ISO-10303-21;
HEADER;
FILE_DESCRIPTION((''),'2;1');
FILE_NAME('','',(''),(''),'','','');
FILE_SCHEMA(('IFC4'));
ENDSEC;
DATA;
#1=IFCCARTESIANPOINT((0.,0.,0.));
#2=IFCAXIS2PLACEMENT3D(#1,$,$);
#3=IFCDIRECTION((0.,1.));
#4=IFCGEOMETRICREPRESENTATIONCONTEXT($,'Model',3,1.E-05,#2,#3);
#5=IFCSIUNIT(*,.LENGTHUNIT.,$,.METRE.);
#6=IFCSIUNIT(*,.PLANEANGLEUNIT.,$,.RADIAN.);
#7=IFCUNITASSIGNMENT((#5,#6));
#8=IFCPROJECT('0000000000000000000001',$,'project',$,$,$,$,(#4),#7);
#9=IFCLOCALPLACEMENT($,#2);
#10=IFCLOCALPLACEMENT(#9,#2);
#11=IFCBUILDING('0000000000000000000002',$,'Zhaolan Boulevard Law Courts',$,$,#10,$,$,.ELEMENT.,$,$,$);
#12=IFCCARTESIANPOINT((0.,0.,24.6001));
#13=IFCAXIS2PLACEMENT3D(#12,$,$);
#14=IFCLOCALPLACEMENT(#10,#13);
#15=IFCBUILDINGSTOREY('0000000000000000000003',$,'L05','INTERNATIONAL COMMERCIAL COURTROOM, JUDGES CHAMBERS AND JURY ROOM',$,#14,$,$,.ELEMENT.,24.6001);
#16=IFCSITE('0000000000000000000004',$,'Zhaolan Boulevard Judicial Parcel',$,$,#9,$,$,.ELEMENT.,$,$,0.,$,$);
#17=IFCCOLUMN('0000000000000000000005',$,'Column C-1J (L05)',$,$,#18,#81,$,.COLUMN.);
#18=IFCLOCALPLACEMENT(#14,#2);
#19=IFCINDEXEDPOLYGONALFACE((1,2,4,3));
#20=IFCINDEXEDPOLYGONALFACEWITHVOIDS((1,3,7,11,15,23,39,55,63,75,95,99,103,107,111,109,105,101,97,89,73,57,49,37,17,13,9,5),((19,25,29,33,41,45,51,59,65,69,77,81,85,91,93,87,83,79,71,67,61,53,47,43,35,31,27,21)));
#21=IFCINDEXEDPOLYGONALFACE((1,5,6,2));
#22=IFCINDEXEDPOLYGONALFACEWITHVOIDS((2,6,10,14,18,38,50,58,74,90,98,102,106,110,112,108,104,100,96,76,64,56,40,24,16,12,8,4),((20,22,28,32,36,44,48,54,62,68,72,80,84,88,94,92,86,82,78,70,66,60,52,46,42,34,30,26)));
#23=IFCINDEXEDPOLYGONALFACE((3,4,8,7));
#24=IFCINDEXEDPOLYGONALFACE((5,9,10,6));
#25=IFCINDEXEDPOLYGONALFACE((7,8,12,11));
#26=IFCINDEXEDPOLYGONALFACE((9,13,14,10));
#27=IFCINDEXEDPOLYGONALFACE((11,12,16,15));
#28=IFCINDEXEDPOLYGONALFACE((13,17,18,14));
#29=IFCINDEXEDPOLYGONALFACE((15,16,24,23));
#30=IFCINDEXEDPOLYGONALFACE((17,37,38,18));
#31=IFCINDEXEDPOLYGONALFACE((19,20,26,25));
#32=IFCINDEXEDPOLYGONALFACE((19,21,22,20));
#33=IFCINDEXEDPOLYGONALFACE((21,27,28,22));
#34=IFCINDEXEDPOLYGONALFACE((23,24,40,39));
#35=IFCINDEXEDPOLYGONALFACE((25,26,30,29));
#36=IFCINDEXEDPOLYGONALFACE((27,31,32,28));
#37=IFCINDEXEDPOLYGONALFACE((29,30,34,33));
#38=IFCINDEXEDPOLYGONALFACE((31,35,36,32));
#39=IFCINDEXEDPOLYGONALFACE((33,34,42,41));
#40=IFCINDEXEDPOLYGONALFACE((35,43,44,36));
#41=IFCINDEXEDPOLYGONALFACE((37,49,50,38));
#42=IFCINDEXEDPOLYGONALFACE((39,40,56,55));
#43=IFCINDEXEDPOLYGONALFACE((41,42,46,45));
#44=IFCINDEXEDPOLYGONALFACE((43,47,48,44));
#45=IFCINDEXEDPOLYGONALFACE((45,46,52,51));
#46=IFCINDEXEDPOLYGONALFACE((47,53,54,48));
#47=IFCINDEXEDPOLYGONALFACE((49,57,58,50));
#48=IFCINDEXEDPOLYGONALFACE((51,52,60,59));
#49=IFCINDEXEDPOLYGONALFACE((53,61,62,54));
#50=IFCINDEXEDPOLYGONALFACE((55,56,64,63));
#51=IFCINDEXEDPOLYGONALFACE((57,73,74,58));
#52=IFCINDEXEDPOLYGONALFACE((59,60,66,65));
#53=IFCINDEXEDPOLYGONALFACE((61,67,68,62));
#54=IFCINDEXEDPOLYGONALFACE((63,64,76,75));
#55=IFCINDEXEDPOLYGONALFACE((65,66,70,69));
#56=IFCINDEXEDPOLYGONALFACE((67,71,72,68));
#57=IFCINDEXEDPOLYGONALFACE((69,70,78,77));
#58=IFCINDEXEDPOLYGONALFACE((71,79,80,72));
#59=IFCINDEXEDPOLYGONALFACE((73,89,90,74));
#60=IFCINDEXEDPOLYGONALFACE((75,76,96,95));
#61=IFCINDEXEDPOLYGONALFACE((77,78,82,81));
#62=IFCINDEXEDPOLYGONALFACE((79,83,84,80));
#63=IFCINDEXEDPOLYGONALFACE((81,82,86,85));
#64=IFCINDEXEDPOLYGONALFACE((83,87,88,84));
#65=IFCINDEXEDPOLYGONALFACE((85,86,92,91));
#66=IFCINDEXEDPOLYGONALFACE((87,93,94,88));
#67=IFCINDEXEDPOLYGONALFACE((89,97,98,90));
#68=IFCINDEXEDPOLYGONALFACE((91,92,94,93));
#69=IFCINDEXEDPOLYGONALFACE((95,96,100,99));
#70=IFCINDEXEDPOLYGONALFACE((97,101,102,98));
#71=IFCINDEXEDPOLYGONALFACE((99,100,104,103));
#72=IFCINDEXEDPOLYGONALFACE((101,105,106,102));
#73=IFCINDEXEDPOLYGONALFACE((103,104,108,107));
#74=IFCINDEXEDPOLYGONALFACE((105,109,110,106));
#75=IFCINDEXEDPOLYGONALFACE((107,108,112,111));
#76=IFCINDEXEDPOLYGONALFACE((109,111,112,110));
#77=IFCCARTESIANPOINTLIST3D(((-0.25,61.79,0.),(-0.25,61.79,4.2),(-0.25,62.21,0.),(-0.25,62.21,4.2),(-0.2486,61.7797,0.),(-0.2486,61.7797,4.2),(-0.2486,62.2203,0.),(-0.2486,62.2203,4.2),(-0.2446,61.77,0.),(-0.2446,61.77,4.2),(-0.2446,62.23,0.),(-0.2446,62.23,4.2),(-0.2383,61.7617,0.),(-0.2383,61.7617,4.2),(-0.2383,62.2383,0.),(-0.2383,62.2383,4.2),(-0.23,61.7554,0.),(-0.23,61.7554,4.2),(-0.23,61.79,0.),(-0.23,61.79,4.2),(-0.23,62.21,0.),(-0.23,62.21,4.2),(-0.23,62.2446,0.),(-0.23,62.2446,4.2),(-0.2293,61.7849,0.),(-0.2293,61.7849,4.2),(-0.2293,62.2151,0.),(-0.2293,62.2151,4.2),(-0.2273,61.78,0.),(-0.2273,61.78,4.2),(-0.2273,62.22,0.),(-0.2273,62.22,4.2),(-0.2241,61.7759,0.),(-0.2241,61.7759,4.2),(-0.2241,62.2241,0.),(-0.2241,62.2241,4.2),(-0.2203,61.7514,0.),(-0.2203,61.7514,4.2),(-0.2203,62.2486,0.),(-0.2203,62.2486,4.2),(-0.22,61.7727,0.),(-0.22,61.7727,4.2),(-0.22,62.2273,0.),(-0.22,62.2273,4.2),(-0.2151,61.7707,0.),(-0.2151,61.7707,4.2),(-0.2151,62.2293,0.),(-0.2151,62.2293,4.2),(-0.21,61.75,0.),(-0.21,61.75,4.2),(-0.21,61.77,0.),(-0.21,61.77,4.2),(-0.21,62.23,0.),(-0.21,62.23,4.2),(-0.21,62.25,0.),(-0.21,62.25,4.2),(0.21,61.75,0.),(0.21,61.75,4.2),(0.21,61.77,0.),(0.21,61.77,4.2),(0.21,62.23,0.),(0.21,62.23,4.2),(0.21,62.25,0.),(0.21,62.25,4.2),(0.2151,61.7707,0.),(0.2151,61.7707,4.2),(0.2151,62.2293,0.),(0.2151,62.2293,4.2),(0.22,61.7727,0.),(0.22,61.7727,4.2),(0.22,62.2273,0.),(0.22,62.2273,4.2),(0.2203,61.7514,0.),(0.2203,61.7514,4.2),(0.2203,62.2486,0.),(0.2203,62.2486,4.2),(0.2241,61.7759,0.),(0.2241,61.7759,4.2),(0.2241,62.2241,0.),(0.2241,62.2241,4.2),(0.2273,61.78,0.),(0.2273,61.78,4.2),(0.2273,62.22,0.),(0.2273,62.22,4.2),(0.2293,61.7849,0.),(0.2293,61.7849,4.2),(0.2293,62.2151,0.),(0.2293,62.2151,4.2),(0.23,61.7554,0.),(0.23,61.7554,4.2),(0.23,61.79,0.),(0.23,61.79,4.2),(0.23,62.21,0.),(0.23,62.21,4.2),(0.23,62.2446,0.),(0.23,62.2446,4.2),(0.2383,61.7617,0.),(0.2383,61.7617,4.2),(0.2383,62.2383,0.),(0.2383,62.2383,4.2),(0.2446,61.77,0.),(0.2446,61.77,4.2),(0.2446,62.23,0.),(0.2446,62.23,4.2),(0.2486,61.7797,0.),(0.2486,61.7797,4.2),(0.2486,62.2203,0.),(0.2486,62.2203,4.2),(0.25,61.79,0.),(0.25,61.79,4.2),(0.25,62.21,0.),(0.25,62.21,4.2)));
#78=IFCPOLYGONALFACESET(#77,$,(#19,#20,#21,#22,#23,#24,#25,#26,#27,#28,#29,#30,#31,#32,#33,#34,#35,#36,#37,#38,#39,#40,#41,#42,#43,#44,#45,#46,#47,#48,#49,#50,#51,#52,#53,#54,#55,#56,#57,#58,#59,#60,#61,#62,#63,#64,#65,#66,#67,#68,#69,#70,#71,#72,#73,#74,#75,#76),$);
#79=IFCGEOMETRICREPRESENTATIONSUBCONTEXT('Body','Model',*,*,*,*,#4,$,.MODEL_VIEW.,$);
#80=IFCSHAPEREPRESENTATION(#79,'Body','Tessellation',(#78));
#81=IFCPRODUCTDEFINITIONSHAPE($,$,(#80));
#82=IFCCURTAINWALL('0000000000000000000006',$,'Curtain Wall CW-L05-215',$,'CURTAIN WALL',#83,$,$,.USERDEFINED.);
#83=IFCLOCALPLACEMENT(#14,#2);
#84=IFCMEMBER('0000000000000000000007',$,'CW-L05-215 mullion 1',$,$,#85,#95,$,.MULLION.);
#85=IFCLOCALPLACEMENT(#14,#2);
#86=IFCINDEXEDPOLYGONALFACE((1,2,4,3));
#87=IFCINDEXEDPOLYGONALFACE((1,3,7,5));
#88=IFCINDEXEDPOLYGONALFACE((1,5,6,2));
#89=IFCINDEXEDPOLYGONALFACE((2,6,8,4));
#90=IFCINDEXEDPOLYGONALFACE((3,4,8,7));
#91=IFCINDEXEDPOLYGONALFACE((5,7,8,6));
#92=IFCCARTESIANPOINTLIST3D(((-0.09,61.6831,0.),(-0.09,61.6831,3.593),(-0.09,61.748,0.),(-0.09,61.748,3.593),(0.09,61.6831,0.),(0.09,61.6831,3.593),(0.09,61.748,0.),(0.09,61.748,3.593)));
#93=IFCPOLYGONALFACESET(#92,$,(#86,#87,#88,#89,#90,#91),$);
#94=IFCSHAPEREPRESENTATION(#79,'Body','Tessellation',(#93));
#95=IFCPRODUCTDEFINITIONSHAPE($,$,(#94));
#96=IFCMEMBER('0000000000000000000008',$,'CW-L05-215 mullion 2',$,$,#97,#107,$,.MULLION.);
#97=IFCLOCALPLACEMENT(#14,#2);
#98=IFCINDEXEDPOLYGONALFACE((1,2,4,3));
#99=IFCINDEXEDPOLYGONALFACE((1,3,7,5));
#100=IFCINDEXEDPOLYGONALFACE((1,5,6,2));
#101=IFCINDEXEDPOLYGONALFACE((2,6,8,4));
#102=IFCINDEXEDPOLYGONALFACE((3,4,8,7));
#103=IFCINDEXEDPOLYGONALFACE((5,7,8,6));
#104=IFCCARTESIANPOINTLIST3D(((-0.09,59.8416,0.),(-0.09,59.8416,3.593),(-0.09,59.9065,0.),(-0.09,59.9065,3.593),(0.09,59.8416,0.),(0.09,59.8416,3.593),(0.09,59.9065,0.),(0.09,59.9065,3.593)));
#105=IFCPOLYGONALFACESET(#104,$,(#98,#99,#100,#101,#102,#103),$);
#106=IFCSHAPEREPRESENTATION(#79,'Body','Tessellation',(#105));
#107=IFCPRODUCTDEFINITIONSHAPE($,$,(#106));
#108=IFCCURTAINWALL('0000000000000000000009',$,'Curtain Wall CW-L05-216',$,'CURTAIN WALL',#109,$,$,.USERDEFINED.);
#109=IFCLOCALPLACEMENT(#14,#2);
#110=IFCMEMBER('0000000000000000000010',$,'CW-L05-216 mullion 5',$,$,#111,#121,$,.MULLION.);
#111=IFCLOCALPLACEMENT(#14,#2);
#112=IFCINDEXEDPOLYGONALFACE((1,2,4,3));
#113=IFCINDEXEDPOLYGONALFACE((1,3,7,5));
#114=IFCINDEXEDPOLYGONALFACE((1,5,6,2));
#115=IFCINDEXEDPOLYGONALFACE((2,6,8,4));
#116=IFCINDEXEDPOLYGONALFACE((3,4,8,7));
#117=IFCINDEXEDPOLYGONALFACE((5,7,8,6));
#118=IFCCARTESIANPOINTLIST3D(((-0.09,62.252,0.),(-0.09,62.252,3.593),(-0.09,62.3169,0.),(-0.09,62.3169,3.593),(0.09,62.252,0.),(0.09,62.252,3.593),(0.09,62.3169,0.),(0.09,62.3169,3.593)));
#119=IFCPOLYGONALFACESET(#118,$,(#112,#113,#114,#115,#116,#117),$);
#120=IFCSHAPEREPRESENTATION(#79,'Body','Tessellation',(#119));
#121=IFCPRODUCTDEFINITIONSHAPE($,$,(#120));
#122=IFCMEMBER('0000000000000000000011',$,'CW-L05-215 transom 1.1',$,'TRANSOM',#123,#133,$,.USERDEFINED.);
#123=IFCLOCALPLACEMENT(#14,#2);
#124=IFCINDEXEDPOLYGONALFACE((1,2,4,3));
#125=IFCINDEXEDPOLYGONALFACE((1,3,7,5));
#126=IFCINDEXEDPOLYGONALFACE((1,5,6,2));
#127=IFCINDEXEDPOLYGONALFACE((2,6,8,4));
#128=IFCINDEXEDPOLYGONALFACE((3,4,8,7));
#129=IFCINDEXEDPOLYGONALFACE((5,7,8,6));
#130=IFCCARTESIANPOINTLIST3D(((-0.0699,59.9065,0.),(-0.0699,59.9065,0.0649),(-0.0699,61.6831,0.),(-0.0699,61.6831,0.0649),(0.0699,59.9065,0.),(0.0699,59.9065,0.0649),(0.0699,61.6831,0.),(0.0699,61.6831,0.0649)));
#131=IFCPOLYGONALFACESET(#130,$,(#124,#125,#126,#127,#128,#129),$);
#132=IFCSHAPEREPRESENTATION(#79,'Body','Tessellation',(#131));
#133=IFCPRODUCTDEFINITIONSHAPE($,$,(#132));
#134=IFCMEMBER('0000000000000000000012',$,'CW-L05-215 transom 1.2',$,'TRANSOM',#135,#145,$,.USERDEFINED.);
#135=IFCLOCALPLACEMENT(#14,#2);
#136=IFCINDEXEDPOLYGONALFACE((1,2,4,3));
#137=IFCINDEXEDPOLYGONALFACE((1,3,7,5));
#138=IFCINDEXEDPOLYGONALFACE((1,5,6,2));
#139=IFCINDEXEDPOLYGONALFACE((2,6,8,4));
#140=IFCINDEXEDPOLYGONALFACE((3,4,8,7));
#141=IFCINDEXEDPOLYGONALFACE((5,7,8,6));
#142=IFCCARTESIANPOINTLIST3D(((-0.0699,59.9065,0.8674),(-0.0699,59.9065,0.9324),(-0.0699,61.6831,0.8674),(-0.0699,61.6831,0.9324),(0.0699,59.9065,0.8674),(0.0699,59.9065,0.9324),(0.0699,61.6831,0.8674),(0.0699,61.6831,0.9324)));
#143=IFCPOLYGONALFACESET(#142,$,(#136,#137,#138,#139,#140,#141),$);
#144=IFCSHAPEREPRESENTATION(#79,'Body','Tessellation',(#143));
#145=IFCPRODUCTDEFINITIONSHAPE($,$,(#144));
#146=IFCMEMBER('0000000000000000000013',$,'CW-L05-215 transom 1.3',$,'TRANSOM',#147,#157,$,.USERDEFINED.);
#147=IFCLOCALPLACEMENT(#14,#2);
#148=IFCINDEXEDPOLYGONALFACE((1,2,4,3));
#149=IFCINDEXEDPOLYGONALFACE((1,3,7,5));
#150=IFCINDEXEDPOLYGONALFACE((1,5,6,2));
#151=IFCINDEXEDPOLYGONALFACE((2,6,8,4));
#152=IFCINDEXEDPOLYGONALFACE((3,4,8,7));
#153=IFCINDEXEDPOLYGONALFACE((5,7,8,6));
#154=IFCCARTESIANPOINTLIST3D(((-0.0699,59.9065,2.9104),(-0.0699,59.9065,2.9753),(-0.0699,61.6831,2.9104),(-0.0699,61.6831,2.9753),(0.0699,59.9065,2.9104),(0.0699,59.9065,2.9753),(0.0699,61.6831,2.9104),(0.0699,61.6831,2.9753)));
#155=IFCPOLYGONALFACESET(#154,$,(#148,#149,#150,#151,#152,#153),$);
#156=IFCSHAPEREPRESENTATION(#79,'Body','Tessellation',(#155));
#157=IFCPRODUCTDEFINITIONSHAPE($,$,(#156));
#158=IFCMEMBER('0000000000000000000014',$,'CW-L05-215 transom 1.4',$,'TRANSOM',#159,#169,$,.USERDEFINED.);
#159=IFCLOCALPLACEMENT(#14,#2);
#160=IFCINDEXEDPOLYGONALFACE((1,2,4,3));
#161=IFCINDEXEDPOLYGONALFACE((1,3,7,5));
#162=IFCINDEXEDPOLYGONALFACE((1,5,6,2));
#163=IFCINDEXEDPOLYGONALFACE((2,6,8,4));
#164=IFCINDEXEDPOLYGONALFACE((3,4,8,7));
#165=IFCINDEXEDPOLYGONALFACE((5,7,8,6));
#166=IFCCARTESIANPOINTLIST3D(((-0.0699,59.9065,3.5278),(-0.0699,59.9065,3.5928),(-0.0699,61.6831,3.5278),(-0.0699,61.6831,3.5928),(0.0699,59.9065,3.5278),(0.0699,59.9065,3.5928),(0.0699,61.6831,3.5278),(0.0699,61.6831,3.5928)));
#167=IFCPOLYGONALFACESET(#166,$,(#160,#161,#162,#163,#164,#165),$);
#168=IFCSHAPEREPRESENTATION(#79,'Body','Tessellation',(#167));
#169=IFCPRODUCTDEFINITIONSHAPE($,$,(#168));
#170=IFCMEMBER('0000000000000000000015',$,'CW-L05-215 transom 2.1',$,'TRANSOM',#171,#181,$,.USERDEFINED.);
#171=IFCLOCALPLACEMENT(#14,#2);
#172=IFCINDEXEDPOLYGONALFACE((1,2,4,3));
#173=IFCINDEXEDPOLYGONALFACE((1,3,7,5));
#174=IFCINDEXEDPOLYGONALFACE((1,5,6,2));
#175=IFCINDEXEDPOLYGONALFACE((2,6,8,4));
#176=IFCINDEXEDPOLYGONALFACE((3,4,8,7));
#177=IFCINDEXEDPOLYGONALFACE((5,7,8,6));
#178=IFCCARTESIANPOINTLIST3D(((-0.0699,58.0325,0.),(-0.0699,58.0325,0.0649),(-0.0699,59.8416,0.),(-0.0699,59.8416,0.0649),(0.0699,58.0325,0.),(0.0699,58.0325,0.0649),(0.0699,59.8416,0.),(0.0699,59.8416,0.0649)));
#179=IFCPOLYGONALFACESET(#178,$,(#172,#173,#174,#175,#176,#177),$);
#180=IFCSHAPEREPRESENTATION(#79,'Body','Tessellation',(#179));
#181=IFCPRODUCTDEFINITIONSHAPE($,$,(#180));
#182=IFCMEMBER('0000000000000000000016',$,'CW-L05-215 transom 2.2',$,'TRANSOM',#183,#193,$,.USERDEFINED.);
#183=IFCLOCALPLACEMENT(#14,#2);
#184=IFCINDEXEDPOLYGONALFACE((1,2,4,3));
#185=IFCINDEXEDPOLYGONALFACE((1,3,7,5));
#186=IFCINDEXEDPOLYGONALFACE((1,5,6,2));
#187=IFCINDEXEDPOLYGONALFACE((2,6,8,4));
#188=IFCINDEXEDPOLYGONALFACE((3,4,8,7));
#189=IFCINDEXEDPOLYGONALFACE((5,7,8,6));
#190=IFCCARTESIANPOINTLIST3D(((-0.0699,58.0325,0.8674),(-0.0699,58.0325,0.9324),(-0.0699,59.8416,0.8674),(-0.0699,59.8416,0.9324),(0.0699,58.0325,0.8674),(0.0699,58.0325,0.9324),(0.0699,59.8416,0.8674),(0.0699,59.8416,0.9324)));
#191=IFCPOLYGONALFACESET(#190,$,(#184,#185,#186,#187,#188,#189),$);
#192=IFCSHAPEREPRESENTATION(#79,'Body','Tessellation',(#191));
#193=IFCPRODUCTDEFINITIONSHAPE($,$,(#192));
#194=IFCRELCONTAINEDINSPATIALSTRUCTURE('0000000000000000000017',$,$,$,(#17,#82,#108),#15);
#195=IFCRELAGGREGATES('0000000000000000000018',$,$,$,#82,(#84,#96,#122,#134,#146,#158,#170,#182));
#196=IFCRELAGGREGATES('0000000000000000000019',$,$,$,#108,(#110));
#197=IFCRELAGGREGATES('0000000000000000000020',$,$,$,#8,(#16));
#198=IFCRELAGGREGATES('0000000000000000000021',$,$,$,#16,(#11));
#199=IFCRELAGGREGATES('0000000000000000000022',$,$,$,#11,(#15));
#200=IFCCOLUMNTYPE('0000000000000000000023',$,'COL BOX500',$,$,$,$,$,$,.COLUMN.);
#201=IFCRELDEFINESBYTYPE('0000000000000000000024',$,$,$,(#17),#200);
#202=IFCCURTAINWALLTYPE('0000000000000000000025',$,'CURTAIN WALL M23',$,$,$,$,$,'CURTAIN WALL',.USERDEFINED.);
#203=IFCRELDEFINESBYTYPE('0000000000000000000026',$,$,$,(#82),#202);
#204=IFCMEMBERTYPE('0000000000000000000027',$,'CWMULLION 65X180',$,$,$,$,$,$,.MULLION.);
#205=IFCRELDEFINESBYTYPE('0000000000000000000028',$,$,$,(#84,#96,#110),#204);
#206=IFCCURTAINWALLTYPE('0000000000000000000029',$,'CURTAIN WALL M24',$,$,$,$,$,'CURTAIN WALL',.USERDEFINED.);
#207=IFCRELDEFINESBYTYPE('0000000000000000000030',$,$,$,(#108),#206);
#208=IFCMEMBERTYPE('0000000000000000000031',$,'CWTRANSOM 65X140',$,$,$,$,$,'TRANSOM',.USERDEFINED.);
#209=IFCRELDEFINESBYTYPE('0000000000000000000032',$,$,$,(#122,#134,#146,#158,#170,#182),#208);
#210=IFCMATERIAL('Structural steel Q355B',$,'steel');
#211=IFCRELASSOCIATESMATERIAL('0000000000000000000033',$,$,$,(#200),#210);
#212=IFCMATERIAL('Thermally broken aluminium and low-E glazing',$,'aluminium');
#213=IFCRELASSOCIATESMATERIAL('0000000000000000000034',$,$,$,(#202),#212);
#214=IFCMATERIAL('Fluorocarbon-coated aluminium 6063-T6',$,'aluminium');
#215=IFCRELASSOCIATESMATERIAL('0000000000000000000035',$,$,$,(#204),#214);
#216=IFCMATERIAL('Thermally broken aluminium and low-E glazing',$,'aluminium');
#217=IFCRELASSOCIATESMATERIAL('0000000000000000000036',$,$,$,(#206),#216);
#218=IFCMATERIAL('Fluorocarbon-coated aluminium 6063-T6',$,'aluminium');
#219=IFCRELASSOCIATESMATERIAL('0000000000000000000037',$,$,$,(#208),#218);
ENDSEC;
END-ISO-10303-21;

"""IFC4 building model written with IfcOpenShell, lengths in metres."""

from ifc_helpers import new_model, si_unit, direction, frame, origin, origin_2d, place, context, subcontext, project, spatial, rectangle, hollow_rectangle, extrude, material, material_profile, profile_set, type_object, element, aggregate, save


model = new_model("IFC4")

# Units and contexts
model_context = context("Model", 3, precision=1e-05, world=origin(), true_north=direction((0.0, 1.0)))
body_context = subcontext(model_context, "Body", "Model", "MODEL_VIEW")
ifc_project = project(units=[si_unit("LENGTHUNIT", "METRE"), si_unit("PLANEANGLEUNIT", "RADIAN")], contexts=[model_context])

# Site, building, storey
site_placement = place(None, origin())
site = spatial("IfcSite", under=ifc_project, at=site_placement, Name="Zhaolan Boulevard Judicial Parcel", CompositionType="ELEMENT", RefElevation=0.0)
building_placement = place(site_placement, origin())
building = spatial("IfcBuilding", under=site, at=building_placement, Name="Zhaolan Boulevard Law Courts", CompositionType="ELEMENT")
storey_placement = place(building_placement, frame((0.0, 0.0, 24.6001)))
storey = spatial("IfcBuildingStorey", under=building, at=storey_placement, Name="L05", Description="INTERNATIONAL COMMERCIAL COURTROOM, JUDGES CHAMBERS AND JURY ROOM", CompositionType="ELEMENT", Elevation=24.6001)

# Column
ifc_material_1 = material(Name="Structural steel Q355B", Category="steel")
ifc_material_profile_1 = material_profile(ifc_material_1, hollow_rectangle(XDim=0.5, YDim=0.5, WallThickness=0.02, InnerFilletRadius=0.02, OuterFilletRadius=0.04, at=origin_2d()), Name="BOX500x500x20")
ifc_profile_set_1 = profile_set([ifc_material_profile_1], Name="Structural steel Q355B")
column_type = type_object("IfcColumnType", Name="COL BOX500", PredefinedType="COLUMN", material=ifc_profile_set_1)
column_placement = place(storey_placement, frame((0.0, 62.0, 0.0), z_axis=(0.0, 0.0, 1.0), x_axis=(1.0, 0.0, 0.0)))
element("IfcColumn", 1, at=column_placement, inside=storey, type_object=column_type, Name="Column C-1J (L05)", PredefinedType="COLUMN", context=body_context, shape_type="SweptSolid", body=[
    extrude(hollow_rectangle(XDim=0.5, YDim=0.5, WallThickness=0.02, InnerFilletRadius=0.02, OuterFilletRadius=0.04, at=origin_2d()), origin(), (0.0, 0.0, 1.0), 4.2),
])

# Curtain wall, members
ifc_material_2 = material(Name="Thermally broken aluminium and low-E glazing", Category="aluminium")
curtain_wall_type_1 = type_object("IfcCurtainWallType", Name="CURTAIN WALL M23", ElementType="CURTAIN WALL", PredefinedType="USERDEFINED", material=ifc_material_2)
curtain_wall_1_placement = place(storey_placement, origin())
curtain_wall_1 = element("IfcCurtainWall", 2, at=curtain_wall_1_placement, inside=storey, type_object=curtain_wall_type_1, Name="Curtain Wall CW-L05-215", ObjectType="CURTAIN WALL", PredefinedType="USERDEFINED")
ifc_material_3 = material(Name="Fluorocarbon-coated aluminium 6063-T6", Category="aluminium")
ifc_material_profile_2 = material_profile(ifc_material_3, rectangle(XDim=0.1799, YDim=0.0649, at=origin_2d()), Name="AL65x180")
ifc_profile_set_2 = profile_set([ifc_material_profile_2], Name="Fluorocarbon-coated aluminium 6063-T6")
member_type_1 = type_object("IfcMemberType", Name="CWMULLION 65X180", PredefinedType="MULLION", material=ifc_profile_set_2)
member_1_placement = place(storey_placement, frame((0.0, 61.7156, 0.0), z_axis=(0.0, 0.0, 1.0), x_axis=(1.0, 0.0, 0.0)))
member_1 = element("IfcMember", 3, at=member_1_placement, type_object=member_type_1, Name="CW-L05-215 mullion 1", PredefinedType="MULLION", context=body_context, shape_type="SweptSolid", body=[
    extrude(rectangle(XDim=0.1799, YDim=0.0649, at=origin_2d()), origin(), (0.0, 0.0, 1.0), 3.593),
])
member_2_placement = place(storey_placement, frame((0.0, 59.874, 0.0), z_axis=(0.0, 0.0, 1.0), x_axis=(1.0, 0.0, 0.0)))
member_2 = element("IfcMember", 4, at=member_2_placement, type_object=member_type_1, Name="CW-L05-215 mullion 2", PredefinedType="MULLION", context=body_context, shape_type="SweptSolid", body=[
    extrude(rectangle(XDim=0.1799, YDim=0.0649, at=origin_2d()), origin(), (0.0, 0.0, 1.0), 3.593),
])

# Curtain wall, member
ifc_material_4 = material(Name="Thermally broken aluminium and low-E glazing", Category="aluminium")
curtain_wall_type_2 = type_object("IfcCurtainWallType", Name="CURTAIN WALL M24", ElementType="CURTAIN WALL", PredefinedType="USERDEFINED", material=ifc_material_4)
curtain_wall_2_placement = place(storey_placement, origin())
curtain_wall_2 = element("IfcCurtainWall", 5, at=curtain_wall_2_placement, inside=storey, type_object=curtain_wall_type_2, Name="Curtain Wall CW-L05-216", ObjectType="CURTAIN WALL", PredefinedType="USERDEFINED")
member_3_placement = place(storey_placement, frame((0.0, 62.2844, 0.0), z_axis=(0.0, 0.0, 1.0), x_axis=(1.0, 0.0, 0.0)))
member_3 = element("IfcMember", 6, at=member_3_placement, type_object=member_type_1, Name="CW-L05-216 mullion 5", PredefinedType="MULLION", context=body_context, shape_type="SweptSolid", body=[
    extrude(rectangle(XDim=0.1799, YDim=0.0649, at=origin_2d()), origin(), (0.0, 0.0, 1.0), 3.593),
])

# Members
ifc_material_5 = material(Name="Fluorocarbon-coated aluminium 6063-T6", Category="aluminium")
ifc_material_profile_3 = material_profile(ifc_material_5, rectangle(XDim=0.1399, YDim=0.0649, at=origin_2d()), Name="AL65x140")
ifc_profile_set_3 = profile_set([ifc_material_profile_3], Name="Fluorocarbon-coated aluminium 6063-T6")
member_type_2 = type_object("IfcMemberType", Name="CWTRANSOM 65X140", ElementType="TRANSOM", PredefinedType="USERDEFINED", material=ifc_profile_set_3)
member_4_placement = place(storey_placement, frame((0.0, 61.6831, 0.0325), z_axis=(0.0, -1.0, 0.0), x_axis=(1.0, 0.0, 0.0)))
member_4 = element("IfcMember", 7, at=member_4_placement, type_object=member_type_2, Name="CW-L05-215 transom 1.1", ObjectType="TRANSOM", PredefinedType="USERDEFINED", context=body_context, shape_type="SweptSolid", body=[
    extrude(rectangle(XDim=0.1399, YDim=0.0649, at=origin_2d()), origin(), (0.0, 0.0, 1.0), 1.7766),
])
member_5_placement = place(storey_placement, frame((0.0, 61.6831, 0.8999), z_axis=(0.0, -1.0, 0.0), x_axis=(1.0, 0.0, 0.0)))
member_5 = element("IfcMember", 8, at=member_5_placement, type_object=member_type_2, Name="CW-L05-215 transom 1.2", ObjectType="TRANSOM", PredefinedType="USERDEFINED", context=body_context, shape_type="SweptSolid", body=[
    extrude(rectangle(XDim=0.1399, YDim=0.0649, at=origin_2d()), origin(), (0.0, 0.0, 1.0), 1.7766),
])
member_6_placement = place(storey_placement, frame((0.0, 61.6831, 2.9429), z_axis=(0.0, -1.0, 0.0), x_axis=(1.0, 0.0, 0.0)))
member_6 = element("IfcMember", 9, at=member_6_placement, type_object=member_type_2, Name="CW-L05-215 transom 1.3", ObjectType="TRANSOM", PredefinedType="USERDEFINED", context=body_context, shape_type="SweptSolid", body=[
    extrude(rectangle(XDim=0.1399, YDim=0.0649, at=origin_2d()), origin(), (0.0, 0.0, 1.0), 1.7766),
])
member_7_placement = place(storey_placement, frame((0.0, 61.6831, 3.5603), z_axis=(0.0, -1.0, 0.0), x_axis=(1.0, 0.0, 0.0)))
member_7 = element("IfcMember", 10, at=member_7_placement, type_object=member_type_2, Name="CW-L05-215 transom 1.4", ObjectType="TRANSOM", PredefinedType="USERDEFINED", context=body_context, shape_type="SweptSolid", body=[
    extrude(rectangle(XDim=0.1399, YDim=0.0649, at=origin_2d()), origin(), (0.0, 0.0, 1.0), 1.7766),
])
member_8_placement = place(storey_placement, frame((0.0, 59.8416, 0.0325), z_axis=(0.0, -1.0, 0.0), x_axis=(1.0, 0.0, 0.0)))
member_8 = element("IfcMember", 11, at=member_8_placement, type_object=member_type_2, Name="CW-L05-215 transom 2.1", ObjectType="TRANSOM", PredefinedType="USERDEFINED", context=body_context, shape_type="SweptSolid", body=[
    extrude(rectangle(XDim=0.1399, YDim=0.0649, at=origin_2d()), origin(), (0.0, 0.0, 1.0), 1.8091),
])
member_9_placement = place(storey_placement, frame((0.0, 59.8416, 0.8999), z_axis=(0.0, -1.0, 0.0), x_axis=(1.0, 0.0, 0.0)))
member_9 = element("IfcMember", 12, at=member_9_placement, type_object=member_type_2, Name="CW-L05-215 transom 2.2", ObjectType="TRANSOM", PredefinedType="USERDEFINED", context=body_context, shape_type="SweptSolid", body=[
    extrude(rectangle(XDim=0.1399, YDim=0.0649, at=origin_2d()), origin(), (0.0, 0.0, 1.0), 1.8091),
])

aggregate(curtain_wall_1, [member_1, member_2, member_4, member_5, member_6, member_7, member_8, member_9])
aggregate(curtain_wall_2, [member_3])

save(model, "model.ifc")
